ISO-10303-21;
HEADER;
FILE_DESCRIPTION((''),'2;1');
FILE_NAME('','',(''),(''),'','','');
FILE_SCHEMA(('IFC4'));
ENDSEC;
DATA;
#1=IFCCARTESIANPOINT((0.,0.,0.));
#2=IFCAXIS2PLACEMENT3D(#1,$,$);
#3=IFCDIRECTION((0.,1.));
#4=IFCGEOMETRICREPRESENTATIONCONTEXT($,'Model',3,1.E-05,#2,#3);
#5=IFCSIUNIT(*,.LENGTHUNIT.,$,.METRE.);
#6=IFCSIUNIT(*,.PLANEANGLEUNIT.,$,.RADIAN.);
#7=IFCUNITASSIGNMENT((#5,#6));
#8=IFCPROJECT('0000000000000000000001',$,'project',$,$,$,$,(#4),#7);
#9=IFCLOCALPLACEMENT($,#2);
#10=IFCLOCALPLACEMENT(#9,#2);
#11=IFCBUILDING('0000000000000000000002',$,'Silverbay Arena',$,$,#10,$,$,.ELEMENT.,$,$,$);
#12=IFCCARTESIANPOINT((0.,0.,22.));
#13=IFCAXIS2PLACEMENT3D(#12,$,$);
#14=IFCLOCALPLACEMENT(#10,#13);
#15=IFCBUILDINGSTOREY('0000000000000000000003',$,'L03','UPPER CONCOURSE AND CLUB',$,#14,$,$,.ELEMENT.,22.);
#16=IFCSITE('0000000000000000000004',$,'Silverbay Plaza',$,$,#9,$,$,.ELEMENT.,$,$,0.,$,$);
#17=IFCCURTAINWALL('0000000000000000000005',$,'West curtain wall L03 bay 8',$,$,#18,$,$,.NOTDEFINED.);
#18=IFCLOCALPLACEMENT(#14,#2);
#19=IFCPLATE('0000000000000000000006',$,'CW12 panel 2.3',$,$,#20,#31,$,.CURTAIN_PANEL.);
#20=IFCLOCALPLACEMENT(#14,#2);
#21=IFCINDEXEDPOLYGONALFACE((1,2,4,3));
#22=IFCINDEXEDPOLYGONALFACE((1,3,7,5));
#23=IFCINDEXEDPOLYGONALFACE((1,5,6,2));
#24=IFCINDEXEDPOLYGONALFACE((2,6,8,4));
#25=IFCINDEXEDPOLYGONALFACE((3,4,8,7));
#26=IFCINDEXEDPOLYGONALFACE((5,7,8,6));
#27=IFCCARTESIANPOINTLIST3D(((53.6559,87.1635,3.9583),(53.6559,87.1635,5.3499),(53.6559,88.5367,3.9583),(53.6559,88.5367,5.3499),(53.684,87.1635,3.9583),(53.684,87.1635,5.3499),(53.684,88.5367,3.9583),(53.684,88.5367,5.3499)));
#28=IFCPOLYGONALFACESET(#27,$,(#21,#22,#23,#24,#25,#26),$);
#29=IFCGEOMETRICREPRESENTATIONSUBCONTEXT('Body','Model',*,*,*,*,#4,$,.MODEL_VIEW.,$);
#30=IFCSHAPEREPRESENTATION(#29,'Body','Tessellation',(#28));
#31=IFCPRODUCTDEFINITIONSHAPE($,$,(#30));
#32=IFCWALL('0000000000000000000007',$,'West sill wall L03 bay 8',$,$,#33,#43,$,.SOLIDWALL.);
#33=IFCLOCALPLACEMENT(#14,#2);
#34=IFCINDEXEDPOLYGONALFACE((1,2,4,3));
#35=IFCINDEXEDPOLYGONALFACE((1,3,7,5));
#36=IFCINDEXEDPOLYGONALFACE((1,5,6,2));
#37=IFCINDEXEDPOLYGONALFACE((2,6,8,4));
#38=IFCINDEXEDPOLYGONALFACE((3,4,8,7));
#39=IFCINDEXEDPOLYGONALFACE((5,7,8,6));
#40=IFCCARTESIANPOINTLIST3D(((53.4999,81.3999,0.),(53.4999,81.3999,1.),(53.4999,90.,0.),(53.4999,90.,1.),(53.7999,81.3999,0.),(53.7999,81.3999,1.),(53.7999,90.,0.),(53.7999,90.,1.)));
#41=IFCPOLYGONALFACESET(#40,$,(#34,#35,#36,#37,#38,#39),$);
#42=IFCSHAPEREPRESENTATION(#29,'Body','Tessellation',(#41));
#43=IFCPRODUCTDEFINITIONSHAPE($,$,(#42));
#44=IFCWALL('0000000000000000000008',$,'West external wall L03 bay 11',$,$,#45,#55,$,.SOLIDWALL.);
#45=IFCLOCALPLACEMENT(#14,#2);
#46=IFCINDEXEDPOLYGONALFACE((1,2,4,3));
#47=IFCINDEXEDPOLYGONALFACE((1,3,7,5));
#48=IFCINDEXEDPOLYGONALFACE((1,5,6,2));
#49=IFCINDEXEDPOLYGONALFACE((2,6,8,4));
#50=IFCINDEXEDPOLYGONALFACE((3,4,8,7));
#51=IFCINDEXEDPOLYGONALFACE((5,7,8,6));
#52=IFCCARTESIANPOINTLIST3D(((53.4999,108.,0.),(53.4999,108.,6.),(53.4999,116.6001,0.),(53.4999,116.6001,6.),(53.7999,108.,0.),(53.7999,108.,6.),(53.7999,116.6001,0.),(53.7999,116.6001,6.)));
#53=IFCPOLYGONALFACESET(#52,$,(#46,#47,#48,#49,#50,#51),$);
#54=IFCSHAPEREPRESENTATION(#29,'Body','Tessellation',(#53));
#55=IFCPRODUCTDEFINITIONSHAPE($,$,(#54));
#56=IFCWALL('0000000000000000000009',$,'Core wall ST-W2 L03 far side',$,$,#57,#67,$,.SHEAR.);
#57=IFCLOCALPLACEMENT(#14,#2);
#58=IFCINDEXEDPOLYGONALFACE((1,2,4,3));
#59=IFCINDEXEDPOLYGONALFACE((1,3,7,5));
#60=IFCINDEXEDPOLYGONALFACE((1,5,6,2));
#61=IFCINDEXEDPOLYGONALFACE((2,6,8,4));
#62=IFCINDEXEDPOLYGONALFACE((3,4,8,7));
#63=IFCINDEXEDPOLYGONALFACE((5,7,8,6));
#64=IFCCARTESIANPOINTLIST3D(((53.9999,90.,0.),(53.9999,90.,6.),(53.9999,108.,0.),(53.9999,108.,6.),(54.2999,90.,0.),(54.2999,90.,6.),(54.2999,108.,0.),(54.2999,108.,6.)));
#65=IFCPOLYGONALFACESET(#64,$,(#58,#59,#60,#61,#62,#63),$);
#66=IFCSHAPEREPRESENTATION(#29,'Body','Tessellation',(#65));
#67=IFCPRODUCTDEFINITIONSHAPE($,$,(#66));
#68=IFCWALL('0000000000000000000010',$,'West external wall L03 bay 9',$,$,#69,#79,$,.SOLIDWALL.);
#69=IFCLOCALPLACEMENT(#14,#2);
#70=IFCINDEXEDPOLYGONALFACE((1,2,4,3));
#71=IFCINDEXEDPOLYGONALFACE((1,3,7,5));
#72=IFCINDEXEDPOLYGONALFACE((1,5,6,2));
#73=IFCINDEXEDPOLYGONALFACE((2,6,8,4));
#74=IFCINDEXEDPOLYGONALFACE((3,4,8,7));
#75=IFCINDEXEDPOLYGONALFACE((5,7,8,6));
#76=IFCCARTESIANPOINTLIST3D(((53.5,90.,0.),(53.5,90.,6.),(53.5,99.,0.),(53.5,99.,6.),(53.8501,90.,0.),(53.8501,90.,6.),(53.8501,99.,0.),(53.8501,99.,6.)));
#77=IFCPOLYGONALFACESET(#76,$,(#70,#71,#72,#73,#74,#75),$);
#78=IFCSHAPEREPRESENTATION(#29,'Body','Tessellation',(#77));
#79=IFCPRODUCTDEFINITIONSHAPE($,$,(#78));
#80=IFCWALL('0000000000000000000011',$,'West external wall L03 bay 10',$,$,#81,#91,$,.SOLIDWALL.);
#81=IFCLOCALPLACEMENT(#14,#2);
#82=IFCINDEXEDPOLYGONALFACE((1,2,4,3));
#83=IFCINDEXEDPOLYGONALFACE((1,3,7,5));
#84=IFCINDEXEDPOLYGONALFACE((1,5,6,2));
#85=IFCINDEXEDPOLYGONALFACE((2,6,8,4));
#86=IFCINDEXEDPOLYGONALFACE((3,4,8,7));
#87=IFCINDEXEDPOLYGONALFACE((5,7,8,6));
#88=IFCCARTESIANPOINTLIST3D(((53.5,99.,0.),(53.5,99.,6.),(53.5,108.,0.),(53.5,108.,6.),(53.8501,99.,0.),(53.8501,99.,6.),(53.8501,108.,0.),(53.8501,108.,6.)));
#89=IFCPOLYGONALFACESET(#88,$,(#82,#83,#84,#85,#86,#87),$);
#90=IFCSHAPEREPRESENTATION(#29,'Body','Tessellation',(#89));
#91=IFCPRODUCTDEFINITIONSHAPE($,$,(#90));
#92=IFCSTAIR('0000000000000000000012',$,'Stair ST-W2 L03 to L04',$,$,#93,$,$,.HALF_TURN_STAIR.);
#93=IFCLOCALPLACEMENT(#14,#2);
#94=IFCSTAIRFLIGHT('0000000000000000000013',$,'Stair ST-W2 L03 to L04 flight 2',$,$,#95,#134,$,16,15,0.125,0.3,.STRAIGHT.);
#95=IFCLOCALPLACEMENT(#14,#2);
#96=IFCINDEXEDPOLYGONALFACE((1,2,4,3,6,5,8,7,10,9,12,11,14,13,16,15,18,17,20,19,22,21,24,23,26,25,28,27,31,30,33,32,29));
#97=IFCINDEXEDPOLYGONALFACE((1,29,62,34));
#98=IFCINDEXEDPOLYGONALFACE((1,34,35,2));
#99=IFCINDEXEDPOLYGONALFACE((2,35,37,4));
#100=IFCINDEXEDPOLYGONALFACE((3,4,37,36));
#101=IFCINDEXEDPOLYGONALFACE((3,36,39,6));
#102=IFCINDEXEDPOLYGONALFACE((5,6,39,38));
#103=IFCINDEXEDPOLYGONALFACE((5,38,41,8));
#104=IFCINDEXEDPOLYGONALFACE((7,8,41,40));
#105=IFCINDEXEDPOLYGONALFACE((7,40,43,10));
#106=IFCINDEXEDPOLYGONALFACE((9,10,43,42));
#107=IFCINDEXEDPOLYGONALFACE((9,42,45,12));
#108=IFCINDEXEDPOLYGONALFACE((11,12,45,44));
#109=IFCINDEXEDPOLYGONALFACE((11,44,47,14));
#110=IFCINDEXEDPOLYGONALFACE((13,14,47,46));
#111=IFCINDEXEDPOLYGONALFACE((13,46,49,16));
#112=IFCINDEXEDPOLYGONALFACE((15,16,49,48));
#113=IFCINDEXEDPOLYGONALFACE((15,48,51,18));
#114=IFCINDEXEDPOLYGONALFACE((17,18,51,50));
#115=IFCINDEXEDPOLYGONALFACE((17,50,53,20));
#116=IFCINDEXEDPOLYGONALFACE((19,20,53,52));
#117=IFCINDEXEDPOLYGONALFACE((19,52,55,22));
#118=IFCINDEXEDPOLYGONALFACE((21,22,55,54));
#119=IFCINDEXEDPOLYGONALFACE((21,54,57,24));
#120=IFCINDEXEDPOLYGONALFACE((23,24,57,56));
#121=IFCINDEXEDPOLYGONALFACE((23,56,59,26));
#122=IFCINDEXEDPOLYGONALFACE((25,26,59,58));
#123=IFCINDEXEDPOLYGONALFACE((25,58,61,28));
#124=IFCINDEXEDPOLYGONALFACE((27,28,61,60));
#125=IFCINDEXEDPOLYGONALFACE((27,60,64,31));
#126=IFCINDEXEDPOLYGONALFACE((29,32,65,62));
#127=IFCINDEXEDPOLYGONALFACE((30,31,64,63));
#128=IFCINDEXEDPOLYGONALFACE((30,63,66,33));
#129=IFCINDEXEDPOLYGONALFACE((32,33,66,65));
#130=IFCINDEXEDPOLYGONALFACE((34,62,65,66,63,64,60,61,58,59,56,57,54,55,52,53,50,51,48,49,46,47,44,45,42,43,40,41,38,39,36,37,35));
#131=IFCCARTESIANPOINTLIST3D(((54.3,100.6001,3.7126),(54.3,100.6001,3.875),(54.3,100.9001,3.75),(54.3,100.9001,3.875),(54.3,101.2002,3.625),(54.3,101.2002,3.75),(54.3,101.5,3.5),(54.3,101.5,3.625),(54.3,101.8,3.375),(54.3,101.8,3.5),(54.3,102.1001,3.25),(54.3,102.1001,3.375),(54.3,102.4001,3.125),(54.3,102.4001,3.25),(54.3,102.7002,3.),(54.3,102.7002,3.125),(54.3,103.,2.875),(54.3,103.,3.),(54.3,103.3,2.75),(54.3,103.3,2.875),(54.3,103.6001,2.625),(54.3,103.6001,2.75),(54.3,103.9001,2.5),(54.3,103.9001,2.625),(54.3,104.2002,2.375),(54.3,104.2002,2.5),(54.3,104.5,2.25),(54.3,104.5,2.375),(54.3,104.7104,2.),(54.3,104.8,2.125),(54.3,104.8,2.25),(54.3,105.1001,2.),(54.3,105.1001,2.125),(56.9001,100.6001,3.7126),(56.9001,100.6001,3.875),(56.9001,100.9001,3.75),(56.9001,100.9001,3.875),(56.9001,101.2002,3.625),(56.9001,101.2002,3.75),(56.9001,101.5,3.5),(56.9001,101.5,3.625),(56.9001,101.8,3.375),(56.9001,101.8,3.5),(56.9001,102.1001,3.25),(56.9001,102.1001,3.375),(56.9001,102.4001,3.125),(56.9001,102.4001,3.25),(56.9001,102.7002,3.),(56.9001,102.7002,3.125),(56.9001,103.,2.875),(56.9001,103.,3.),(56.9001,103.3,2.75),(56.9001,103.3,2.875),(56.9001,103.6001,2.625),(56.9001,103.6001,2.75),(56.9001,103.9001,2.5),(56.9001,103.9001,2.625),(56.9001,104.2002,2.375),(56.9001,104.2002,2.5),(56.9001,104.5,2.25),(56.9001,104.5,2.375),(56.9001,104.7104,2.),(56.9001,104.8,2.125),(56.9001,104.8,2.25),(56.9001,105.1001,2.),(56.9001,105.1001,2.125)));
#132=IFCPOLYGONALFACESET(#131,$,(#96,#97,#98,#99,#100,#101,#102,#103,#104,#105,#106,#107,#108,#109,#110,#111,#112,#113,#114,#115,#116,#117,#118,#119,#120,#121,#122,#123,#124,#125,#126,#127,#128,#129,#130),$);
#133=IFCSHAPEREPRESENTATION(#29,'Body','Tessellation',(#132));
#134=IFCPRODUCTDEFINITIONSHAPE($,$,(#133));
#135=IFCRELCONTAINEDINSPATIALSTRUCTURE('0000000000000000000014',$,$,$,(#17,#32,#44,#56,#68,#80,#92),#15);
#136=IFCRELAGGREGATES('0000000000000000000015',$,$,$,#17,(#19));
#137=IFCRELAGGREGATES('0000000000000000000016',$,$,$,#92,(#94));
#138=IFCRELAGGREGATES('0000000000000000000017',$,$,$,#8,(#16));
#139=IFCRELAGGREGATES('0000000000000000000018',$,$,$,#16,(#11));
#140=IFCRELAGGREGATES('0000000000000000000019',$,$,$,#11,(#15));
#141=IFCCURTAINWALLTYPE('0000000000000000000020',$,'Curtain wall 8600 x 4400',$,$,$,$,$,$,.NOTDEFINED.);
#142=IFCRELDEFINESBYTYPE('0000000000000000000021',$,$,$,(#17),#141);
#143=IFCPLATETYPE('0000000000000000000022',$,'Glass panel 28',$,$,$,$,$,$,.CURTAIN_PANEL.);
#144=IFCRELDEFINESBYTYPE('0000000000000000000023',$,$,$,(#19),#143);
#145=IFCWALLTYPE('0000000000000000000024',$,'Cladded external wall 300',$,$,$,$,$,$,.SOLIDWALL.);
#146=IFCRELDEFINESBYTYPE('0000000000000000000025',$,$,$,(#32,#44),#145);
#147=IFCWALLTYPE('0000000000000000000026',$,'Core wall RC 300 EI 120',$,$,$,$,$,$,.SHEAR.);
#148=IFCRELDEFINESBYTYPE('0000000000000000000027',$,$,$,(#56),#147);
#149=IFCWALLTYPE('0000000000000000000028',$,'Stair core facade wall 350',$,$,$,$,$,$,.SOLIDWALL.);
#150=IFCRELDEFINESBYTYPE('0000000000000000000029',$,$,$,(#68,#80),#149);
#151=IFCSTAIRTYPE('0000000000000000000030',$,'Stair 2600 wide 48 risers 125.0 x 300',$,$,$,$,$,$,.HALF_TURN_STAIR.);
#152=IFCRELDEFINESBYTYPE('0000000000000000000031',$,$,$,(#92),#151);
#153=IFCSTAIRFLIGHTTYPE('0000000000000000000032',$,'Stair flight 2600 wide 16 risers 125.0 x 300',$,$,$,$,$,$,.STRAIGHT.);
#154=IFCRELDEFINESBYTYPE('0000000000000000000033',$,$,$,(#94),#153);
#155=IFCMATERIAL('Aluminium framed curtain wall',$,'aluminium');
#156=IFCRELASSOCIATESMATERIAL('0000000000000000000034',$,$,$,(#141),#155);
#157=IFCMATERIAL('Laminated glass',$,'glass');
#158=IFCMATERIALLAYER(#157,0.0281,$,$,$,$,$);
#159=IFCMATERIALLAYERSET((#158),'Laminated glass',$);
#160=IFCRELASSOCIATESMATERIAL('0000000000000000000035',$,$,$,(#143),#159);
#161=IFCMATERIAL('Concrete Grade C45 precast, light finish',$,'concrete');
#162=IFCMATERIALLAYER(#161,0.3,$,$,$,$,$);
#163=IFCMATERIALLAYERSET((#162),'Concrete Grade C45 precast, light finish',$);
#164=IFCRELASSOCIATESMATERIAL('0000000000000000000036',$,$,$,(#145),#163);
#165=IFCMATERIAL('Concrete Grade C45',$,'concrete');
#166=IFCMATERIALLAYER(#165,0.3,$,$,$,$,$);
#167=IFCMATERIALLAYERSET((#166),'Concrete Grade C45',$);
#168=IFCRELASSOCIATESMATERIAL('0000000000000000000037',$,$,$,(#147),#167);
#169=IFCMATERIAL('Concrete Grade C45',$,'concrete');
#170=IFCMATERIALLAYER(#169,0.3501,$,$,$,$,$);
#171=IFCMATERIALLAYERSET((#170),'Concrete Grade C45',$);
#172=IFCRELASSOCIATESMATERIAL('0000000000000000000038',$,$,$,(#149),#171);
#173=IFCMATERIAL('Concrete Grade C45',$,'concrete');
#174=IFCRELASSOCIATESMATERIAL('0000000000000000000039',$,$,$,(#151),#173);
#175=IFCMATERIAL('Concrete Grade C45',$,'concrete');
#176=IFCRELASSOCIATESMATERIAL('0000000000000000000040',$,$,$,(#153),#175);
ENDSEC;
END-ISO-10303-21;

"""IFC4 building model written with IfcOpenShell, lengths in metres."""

from ifc_helpers import new_model, si_unit, direction, frame, frame_2d, origin, origin_2d, place, context, subcontext, project, spatial, polyline, rectangle, outline, extrude, material, layer, layer_set, type_object, element, aggregate, save


model = new_model("IFC4")

# Units and contexts
model_context = context("Model", 3, precision=1e-05, world=origin(), true_north=direction((0.0, 1.0)))
body_context = subcontext(model_context, "Body", "Model", "MODEL_VIEW")
ifc_project = project(units=[si_unit("LENGTHUNIT", "METRE"), si_unit("PLANEANGLEUNIT", "RADIAN")], contexts=[model_context])

# Site, building, storey
site_placement = place(None, origin())
site = spatial("IfcSite", under=ifc_project, at=site_placement, Name="Silverbay Plaza", CompositionType="ELEMENT", RefElevation=0.0)
building_placement = place(site_placement, origin())
building = spatial("IfcBuilding", under=site, at=building_placement, Name="Silverbay Arena", CompositionType="ELEMENT")
storey_placement = place(building_placement, frame((0.0, 0.0, 22.0)))
storey = spatial("IfcBuildingStorey", under=building, at=storey_placement, Name="L03", Description="UPPER CONCOURSE AND CLUB", CompositionType="ELEMENT", Elevation=22.0)

# Curtain wall
ifc_material_1 = material(Name="Aluminium framed curtain wall", Category="aluminium")
curtain_wall_type = type_object("IfcCurtainWallType", Name="Curtain wall 8600 x 4400", PredefinedType="NOTDEFINED", material=ifc_material_1)
curtain_wall_placement = place(storey_placement, origin())
curtain_wall = element("IfcCurtainWall", 1, at=curtain_wall_placement, inside=storey, type_object=curtain_wall_type, Name="West curtain wall L03 bay 8", PredefinedType="NOTDEFINED")

# Plate
ifc_material_2 = material(Name="Laminated glass", Category="glass")
ifc_layer_1 = layer(ifc_material_2, 0.0281)
ifc_layer_set_1 = layer_set([ifc_layer_1], Name="Laminated glass")
plate_type = type_object("IfcPlateType", Name="Glass panel 28", PredefinedType="CURTAIN_PANEL", material=ifc_layer_set_1)
plate_1_placement = place(storey_placement, frame((53.6699, 87.8501, 3.9583), z_axis=(0.0, 0.0, 1.0), x_axis=(0.0, -1.0, 0.0)))
plate_1 = element("IfcPlate", 2, at=plate_1_placement, type_object=plate_type, Name="CW12 panel 2.3", PredefinedType="CURTAIN_PANEL", context=body_context, shape_type="SweptSolid", body=[
    extrude(rectangle(XDim=1.3733, YDim=0.0281, at=origin_2d()), origin(), (0.0, 0.0, 1.0), 1.3916),
])
aggregate(curtain_wall, [plate_1])

# Walls
ifc_material_3 = material(Name="Concrete Grade C45 precast, light finish", Category="concrete")
ifc_layer_2 = layer(ifc_material_3, 0.3)
ifc_layer_set_2 = layer_set([ifc_layer_2], Name="Concrete Grade C45 precast, light finish")
wall_type_1 = type_object("IfcWallType", Name="Cladded external wall 300", PredefinedType="SOLIDWALL", material=ifc_layer_set_2)
wall_1_placement = place(storey_placement, frame((53.6499, 90.0, 0.0), z_axis=(0.0, 0.0, 1.0), x_axis=(0.0, -1.0, 0.0)))
element("IfcWall", 3, at=wall_1_placement, inside=storey, type_object=wall_type_1, Name="West sill wall L03 bay 8", PredefinedType="SOLIDWALL", context=body_context, shape_type="SweptSolid", body=[
    extrude(rectangle(XDim=8.6001, YDim=0.3, at=frame_2d((4.3, 0.0))), origin(), (0.0, 0.0, 1.0), 1.0),
])
wall_2_placement = place(storey_placement, frame((53.6499, 116.6001, 0.0), z_axis=(0.0, 0.0, 1.0), x_axis=(0.0, -1.0, 0.0)))
element("IfcWall", 4, at=wall_2_placement, inside=storey, type_object=wall_type_1, Name="West external wall L03 bay 11", PredefinedType="SOLIDWALL", context=body_context, shape_type="SweptSolid", body=[
    extrude(rectangle(XDim=8.6001, YDim=0.3, at=frame_2d((4.3, 0.0))), origin(), (0.0, 0.0, 1.0), 6.0),
])
ifc_material_4 = material(Name="Concrete Grade C45", Category="concrete")
ifc_layer_3 = layer(ifc_material_4, 0.3)
ifc_layer_set_3 = layer_set([ifc_layer_3], Name="Concrete Grade C45")
wall_type_2 = type_object("IfcWallType", Name="Core wall RC 300 EI 120", PredefinedType="SHEAR", material=ifc_layer_set_3)
wall_3_placement = place(storey_placement, frame((54.1499, 108.0, 0.0), z_axis=(0.0, 0.0, 1.0), x_axis=(0.0, -1.0, 0.0)))
element("IfcWall", 5, at=wall_3_placement, inside=storey, type_object=wall_type_2, Name="Core wall ST-W2 L03 far side", PredefinedType="SHEAR", context=body_context, shape_type="SweptSolid", body=[
    extrude(rectangle(XDim=18.0, YDim=0.3, at=frame_2d((9.0, 0.0))), origin(), (0.0, 0.0, 1.0), 6.0),
])
ifc_material_5 = material(Name="Concrete Grade C45", Category="concrete")
ifc_layer_4 = layer(ifc_material_5, 0.3501)
ifc_layer_set_4 = layer_set([ifc_layer_4], Name="Concrete Grade C45")
wall_type_3 = type_object("IfcWallType", Name="Stair core facade wall 350", PredefinedType="SOLIDWALL", material=ifc_layer_set_4)
for number, where, z_axis, x_axis, name in (
    (6, (53.675, 99.0, 0.0), (0.0, 0.0, 1.0), (0.0, -1.0, 0.0), "West external wall L03 bay 9"),
    (7, (53.675, 108.0, 0.0), (0.0, 0.0, 1.0), (0.0, -1.0, 0.0), "West external wall L03 bay 10"),
):
    element("IfcWall", number, at=place(storey_placement, frame(where, z_axis=z_axis, x_axis=x_axis)), inside=storey, type_object=wall_type_3, Name=name, PredefinedType="SOLIDWALL", context=body_context, shape_type="SweptSolid", body=[
        extrude(rectangle(XDim=9.0, YDim=0.3501, at=frame_2d((4.5, 0.0))), origin(), (0.0, 0.0, 1.0), 6.0),
    ])

# Stair, stair flight
ifc_material_6 = material(Name="Concrete Grade C45", Category="concrete")
stair_type = type_object("IfcStairType", Name="Stair 2600 wide 48 risers 125.0 x 300", PredefinedType="HALF_TURN_STAIR", material=ifc_material_6)
stair_placement = place(storey_placement, origin())
stair = element("IfcStair", 8, at=stair_placement, inside=storey, type_object=stair_type, Name="Stair ST-W2 L03 to L04", PredefinedType="HALF_TURN_STAIR")
ifc_material_7 = material(Name="Concrete Grade C45", Category="concrete")
stair_flight_type = type_object("IfcStairFlightType", Name="Stair flight 2600 wide 16 risers 125.0 x 300", PredefinedType="STRAIGHT", material=ifc_material_7)
stair_flight_placement = place(storey_placement, frame((55.6001, 105.1001, 2.0), z_axis=(0.0, 0.0, 1.0), x_axis=(0.0, -1.0, 0.0)))
stair_flight = element("IfcStairFlight", 9, at=stair_flight_placement, type_object=stair_flight_type, Name="Stair ST-W2 L03 to L04 flight 2", NumberOfRisers=16, NumberOfTreads=15, PredefinedType="STRAIGHT", RiserHeight=0.125, TreadLength=0.3, context=body_context, shape_type="SweptSolid", body=[
    extrude(outline(polyline([(0.0, 0.0), (0.0, 0.125), (0.3, 0.125), (0.3, 0.25), (0.6001, 0.25), (0.6001, 0.375), (0.8999, 0.375), (0.8999, 0.5), (1.2, 0.5), (1.2, 0.625), (1.5, 0.625), (1.5, 0.75), (1.8, 0.75), (1.8, 0.875), (2.1001, 0.875), (2.1001, 1.0), (2.3999, 1.0), (2.3999, 1.125), (2.7, 1.125), (2.7, 1.25), (3.0, 1.25), (3.0, 1.375), (3.3, 1.375), (3.3, 1.5), (3.6001, 1.5), (3.6001, 1.625), (3.8999, 1.625), (3.8999, 1.75), (4.2, 1.75), (4.2, 1.875), (4.5, 1.875), (4.5, 1.7126), (0.3896, 0.0), (0.0, 0.0)])), frame((0.0, 1.3, 0.0), z_axis=(0.0, -1.0, 0.0), x_axis=(1.0, 0.0, 0.0)), (0.0, 0.0, 1.0), 2.6001),
])
aggregate(stair, [stair_flight])

save(model, "model.ifc")
